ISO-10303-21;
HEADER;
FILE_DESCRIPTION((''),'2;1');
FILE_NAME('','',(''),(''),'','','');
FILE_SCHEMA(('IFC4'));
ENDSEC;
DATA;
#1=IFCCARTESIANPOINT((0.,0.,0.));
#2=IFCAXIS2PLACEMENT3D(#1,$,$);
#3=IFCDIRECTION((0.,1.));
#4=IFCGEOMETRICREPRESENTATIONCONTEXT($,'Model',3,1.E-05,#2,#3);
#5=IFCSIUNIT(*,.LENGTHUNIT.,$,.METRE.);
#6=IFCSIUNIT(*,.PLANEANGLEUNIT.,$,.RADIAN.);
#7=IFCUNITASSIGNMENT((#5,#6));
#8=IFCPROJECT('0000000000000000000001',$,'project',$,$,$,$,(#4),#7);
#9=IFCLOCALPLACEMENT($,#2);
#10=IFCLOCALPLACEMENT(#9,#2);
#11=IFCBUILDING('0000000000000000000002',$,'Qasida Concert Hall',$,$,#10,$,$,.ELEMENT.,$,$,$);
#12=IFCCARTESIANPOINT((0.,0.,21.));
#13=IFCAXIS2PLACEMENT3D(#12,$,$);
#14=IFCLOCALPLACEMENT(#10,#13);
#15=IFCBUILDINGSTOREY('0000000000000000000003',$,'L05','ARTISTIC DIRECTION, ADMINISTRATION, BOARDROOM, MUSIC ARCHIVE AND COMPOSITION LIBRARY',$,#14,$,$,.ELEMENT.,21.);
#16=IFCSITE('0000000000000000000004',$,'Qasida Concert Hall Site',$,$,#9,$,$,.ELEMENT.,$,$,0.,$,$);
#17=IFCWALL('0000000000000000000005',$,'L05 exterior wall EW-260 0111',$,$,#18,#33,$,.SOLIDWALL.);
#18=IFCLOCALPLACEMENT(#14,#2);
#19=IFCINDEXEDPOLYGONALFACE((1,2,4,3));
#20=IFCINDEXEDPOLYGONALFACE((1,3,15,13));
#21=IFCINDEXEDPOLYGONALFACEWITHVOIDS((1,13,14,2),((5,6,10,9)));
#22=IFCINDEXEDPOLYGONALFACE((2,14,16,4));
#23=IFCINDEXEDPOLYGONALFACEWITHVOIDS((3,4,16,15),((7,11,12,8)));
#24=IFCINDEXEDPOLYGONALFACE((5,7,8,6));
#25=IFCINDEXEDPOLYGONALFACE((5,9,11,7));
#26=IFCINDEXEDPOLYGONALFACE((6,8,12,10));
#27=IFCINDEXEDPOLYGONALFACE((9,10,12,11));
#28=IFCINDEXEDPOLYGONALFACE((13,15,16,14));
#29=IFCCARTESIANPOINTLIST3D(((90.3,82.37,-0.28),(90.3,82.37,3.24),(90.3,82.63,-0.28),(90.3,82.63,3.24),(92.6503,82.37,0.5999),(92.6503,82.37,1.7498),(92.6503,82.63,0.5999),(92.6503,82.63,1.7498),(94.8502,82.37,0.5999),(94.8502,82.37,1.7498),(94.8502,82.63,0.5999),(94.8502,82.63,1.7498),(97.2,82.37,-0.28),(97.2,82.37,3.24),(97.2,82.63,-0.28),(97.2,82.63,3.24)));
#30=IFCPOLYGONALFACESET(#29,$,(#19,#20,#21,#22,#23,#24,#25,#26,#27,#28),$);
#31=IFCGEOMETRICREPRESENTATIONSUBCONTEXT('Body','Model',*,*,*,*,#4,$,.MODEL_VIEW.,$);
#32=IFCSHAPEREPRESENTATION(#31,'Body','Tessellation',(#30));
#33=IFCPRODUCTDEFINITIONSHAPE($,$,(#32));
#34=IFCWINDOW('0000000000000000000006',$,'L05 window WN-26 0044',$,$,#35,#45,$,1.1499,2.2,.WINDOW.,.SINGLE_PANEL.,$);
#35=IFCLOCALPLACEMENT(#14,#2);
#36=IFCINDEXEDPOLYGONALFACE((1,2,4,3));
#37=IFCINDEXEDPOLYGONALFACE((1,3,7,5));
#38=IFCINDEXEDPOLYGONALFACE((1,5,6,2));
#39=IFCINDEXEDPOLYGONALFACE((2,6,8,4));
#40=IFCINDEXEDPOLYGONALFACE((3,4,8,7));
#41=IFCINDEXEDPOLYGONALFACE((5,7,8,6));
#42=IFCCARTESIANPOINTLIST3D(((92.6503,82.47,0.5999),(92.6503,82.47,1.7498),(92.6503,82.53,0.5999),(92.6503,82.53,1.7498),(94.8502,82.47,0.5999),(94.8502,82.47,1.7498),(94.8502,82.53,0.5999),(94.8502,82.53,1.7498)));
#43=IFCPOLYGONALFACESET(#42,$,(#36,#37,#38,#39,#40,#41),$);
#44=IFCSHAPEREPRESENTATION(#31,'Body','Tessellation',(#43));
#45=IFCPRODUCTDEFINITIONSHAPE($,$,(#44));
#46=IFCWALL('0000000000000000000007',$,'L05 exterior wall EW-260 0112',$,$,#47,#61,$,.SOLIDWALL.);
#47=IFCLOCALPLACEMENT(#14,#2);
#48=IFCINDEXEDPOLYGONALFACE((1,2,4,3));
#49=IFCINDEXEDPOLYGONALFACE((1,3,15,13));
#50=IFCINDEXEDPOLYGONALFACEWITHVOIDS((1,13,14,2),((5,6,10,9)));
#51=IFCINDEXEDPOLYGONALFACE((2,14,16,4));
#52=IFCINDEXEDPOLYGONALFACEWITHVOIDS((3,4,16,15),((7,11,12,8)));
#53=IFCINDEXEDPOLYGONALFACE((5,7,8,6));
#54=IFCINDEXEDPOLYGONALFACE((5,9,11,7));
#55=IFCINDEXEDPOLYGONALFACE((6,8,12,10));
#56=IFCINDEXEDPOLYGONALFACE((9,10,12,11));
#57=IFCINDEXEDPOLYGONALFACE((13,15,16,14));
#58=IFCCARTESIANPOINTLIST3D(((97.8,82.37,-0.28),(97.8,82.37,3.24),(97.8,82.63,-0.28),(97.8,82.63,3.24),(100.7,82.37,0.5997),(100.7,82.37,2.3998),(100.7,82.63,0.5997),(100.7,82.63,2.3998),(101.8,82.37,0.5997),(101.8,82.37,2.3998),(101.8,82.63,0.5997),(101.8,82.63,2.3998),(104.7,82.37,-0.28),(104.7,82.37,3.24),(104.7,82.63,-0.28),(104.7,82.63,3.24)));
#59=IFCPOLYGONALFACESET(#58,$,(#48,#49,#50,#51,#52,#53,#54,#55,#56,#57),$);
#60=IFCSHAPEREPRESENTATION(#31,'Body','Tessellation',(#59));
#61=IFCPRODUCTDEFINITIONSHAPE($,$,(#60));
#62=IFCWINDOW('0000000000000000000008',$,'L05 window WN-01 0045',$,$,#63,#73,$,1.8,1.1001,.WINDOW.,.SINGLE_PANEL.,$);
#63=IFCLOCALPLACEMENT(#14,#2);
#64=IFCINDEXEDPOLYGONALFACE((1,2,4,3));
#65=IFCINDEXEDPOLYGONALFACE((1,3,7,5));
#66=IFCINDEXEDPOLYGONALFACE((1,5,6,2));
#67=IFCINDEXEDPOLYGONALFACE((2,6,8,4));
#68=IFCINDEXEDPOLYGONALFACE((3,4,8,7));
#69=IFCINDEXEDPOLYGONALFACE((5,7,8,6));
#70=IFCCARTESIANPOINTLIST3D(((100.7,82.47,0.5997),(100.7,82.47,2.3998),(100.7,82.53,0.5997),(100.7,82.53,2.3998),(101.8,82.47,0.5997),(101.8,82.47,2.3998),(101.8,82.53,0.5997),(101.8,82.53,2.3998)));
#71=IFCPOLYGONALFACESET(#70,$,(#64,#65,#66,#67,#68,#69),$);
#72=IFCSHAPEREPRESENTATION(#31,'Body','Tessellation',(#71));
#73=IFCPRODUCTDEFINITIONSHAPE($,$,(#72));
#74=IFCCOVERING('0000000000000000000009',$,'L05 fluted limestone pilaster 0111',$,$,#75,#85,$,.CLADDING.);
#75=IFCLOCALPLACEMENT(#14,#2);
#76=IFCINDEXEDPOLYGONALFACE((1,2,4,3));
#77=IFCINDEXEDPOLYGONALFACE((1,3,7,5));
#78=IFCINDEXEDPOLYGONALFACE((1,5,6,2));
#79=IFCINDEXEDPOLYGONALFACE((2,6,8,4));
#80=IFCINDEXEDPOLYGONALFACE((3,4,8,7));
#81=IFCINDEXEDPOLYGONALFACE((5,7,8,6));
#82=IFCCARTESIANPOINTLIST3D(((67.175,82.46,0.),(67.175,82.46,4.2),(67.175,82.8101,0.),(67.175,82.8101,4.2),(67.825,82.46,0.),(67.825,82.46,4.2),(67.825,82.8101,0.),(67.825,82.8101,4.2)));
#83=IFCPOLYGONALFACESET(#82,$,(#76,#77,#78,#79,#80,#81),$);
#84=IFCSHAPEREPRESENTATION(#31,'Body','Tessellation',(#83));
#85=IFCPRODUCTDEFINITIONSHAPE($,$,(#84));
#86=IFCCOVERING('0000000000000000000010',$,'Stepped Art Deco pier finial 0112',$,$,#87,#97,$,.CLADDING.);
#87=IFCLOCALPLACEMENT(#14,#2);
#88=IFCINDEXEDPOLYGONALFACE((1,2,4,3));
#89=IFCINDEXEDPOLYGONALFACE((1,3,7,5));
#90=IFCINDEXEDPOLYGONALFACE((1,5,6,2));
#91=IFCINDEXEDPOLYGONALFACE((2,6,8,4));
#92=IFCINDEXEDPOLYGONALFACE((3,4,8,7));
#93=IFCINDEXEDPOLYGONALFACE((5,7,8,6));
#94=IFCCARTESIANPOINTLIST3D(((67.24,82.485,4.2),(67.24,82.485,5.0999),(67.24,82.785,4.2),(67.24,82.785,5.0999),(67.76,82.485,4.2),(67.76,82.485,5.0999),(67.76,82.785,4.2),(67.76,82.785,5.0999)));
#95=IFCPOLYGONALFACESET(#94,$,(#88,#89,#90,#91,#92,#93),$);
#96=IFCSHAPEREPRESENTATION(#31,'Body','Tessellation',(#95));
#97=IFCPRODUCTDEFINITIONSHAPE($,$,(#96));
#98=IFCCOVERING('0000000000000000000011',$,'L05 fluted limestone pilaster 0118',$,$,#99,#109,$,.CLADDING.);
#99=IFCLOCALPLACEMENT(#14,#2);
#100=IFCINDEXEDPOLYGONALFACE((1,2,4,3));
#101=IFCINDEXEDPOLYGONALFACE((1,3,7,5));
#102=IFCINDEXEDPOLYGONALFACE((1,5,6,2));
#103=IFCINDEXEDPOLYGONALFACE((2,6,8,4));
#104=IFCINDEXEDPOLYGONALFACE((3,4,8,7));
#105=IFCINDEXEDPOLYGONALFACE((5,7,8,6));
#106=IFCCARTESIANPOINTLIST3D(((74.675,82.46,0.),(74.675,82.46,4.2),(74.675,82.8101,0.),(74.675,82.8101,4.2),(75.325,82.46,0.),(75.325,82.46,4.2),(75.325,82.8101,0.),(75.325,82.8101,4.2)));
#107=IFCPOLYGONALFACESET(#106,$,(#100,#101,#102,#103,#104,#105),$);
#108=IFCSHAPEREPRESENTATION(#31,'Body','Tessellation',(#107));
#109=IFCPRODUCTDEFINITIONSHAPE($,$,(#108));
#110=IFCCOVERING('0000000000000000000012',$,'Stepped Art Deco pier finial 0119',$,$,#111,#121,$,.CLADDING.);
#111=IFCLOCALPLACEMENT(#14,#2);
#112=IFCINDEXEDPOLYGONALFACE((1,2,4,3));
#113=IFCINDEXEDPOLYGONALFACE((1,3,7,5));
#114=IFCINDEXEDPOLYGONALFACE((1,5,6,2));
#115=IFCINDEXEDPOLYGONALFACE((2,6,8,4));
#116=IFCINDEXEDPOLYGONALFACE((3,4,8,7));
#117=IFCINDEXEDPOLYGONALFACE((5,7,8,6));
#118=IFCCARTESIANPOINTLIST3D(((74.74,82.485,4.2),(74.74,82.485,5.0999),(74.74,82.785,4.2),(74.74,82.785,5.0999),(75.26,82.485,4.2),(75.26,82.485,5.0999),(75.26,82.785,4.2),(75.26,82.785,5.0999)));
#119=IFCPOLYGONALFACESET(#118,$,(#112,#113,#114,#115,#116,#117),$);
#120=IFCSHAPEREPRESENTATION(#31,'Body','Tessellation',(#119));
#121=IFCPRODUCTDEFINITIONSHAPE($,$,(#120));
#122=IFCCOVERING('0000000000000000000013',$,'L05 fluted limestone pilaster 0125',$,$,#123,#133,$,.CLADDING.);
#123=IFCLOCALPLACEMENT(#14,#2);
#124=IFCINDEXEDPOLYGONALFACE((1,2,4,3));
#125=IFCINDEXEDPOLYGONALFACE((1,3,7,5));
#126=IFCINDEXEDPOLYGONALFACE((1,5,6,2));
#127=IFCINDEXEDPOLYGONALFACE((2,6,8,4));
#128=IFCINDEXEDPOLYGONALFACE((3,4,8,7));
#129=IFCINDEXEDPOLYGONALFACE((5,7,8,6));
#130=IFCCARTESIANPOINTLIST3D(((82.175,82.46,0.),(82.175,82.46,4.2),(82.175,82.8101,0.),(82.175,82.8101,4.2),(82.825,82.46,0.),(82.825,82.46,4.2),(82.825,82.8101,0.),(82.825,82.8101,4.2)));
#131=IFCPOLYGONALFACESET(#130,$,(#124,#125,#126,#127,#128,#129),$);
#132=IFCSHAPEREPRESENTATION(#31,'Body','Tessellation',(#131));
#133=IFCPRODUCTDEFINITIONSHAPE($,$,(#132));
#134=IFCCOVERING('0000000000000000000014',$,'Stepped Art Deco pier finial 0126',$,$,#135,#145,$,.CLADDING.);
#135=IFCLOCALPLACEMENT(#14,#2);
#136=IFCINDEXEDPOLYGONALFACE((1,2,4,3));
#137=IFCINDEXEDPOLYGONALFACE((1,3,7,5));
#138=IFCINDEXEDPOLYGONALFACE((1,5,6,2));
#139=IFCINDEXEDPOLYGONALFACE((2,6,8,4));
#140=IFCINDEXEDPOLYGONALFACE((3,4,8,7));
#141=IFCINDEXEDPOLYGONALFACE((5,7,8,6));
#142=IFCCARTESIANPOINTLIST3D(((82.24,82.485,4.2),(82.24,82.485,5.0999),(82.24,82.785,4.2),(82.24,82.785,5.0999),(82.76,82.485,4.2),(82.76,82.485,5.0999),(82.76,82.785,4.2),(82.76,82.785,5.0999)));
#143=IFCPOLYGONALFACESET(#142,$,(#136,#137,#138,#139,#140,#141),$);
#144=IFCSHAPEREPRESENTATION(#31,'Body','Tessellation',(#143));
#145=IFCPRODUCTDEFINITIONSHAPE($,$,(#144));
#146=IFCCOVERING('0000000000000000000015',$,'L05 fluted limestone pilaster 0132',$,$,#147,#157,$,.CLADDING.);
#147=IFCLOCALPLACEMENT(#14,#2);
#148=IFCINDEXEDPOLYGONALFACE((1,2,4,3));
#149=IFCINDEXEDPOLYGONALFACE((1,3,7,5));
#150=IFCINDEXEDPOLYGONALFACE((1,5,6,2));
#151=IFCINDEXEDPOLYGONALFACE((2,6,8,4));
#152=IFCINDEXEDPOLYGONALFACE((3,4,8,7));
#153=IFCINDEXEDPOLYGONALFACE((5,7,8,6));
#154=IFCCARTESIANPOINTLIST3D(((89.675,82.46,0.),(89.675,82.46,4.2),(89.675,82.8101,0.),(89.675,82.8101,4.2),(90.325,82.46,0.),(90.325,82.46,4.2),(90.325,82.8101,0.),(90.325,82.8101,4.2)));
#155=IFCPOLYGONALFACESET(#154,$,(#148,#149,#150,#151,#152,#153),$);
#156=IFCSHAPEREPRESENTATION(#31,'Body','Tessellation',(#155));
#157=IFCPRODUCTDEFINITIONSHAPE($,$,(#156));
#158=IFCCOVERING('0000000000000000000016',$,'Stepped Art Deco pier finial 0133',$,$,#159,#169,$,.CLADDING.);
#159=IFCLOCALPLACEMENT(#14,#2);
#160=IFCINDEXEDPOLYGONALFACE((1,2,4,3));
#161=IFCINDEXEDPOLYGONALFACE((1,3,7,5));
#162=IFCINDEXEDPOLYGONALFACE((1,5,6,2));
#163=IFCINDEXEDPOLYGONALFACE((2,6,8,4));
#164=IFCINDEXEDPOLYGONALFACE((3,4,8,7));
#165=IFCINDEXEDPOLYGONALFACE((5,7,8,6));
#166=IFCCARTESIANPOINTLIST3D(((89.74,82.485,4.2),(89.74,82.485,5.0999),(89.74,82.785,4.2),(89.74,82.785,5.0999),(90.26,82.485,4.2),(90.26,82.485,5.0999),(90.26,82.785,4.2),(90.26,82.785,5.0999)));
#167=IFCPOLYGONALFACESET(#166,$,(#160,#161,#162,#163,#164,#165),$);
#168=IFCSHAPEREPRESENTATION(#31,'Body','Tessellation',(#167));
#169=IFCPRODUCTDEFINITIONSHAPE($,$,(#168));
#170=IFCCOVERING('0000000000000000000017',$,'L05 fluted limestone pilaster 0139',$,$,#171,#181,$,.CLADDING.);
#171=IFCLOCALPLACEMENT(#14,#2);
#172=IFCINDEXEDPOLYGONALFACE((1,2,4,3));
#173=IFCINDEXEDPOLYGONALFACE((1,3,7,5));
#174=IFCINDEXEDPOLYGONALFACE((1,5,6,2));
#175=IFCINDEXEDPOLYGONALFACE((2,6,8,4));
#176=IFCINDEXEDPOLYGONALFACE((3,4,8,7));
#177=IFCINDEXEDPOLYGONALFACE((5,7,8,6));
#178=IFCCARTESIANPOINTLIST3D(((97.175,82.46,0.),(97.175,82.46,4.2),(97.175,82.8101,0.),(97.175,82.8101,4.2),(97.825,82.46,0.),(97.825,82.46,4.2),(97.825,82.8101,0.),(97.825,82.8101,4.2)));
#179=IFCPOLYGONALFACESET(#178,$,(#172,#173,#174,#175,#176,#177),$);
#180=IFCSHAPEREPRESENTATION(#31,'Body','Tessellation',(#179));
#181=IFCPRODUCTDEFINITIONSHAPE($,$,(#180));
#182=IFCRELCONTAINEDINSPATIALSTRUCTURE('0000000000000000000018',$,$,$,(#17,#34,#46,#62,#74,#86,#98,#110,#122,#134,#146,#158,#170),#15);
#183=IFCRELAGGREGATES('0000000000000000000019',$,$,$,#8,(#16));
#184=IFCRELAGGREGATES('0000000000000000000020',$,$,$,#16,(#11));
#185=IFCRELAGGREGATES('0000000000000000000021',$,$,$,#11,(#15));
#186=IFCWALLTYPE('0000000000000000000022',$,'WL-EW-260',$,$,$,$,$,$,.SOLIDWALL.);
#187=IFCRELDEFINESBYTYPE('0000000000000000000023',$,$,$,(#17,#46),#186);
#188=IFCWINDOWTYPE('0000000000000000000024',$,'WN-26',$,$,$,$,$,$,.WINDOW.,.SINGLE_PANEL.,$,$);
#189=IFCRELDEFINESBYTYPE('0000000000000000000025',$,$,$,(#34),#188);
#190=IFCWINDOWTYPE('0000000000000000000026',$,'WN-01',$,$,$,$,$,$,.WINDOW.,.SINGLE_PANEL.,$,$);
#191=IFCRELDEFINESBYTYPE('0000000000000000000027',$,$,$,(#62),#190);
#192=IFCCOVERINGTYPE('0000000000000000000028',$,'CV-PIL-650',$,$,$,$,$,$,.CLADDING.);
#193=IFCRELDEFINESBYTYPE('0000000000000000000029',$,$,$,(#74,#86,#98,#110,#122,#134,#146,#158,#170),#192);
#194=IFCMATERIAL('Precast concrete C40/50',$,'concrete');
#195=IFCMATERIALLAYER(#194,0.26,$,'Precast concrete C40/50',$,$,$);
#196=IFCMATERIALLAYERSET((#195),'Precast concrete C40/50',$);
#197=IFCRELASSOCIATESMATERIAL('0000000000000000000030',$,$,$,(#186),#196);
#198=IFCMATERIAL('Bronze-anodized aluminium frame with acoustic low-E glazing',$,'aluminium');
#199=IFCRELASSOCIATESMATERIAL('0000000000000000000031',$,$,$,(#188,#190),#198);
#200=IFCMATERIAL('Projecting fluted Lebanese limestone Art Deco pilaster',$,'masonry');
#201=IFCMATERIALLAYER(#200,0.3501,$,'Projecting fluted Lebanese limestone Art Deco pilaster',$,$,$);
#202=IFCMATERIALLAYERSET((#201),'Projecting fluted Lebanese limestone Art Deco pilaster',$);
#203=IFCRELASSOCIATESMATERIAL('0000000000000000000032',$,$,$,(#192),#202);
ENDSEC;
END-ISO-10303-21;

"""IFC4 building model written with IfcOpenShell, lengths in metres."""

from ifc_helpers import new_model, si_unit, direction, frame, frame_2d, origin, origin_2d, place, context, subcontext, project, spatial, rectangle, extrude, material, layer, layer_set, type_object, element, fill, save


model = new_model("IFC4")

# Units and contexts
model_context = context("Model", 3, precision=1e-05, world=origin(), true_north=direction((0.0, 1.0)))
body_context = subcontext(model_context, "Body", "Model", "MODEL_VIEW")
ifc_project = project(units=[si_unit("LENGTHUNIT", "METRE"), si_unit("PLANEANGLEUNIT", "RADIAN")], contexts=[model_context])

# Site, building, storey
site_placement = place(None, origin())
site = spatial("IfcSite", under=ifc_project, at=site_placement, Name="Qasida Concert Hall Site", CompositionType="ELEMENT", RefElevation=0.0)
building_placement = place(site_placement, origin())
building = spatial("IfcBuilding", under=site, at=building_placement, Name="Qasida Concert Hall", CompositionType="ELEMENT")
storey_placement = place(building_placement, frame((0.0, 0.0, 21.0)))
storey = spatial("IfcBuildingStorey", under=building, at=storey_placement, Name="L05", Description="ARTISTIC DIRECTION, ADMINISTRATION, BOARDROOM, MUSIC ARCHIVE AND COMPOSITION LIBRARY", CompositionType="ELEMENT", Elevation=21.0)

# Shared definitions
ifc_material_1 = material(Name="Precast concrete C40/50", Category="concrete")
ifc_layer_1 = layer(ifc_material_1, 0.26, Name="Precast concrete C40/50")
ifc_layer_set_1 = layer_set([ifc_layer_1], Name="Precast concrete C40/50")
wall_type = type_object("IfcWallType", Name="WL-EW-260", PredefinedType="SOLIDWALL", material=ifc_layer_set_1)

# Shared definitions
ifc_material_2 = material(Name="Bronze-anodized aluminium frame with acoustic low-E glazing", Category="aluminium")

# Walls, openings, windows
wall_1_placement = place(storey_placement, frame((90.3, 82.5, -0.28), z_axis=(0.0, 0.0, 1.0), x_axis=(1.0, 0.0, 0.0)))
wall_1 = element("IfcWall", 1, at=wall_1_placement, inside=storey, type_object=wall_type, Name="L05 exterior wall EW-260 0111", PredefinedType="SOLIDWALL", context=body_context, shape_type="SweptSolid", body=[
    extrude(rectangle(XDim=6.8999, YDim=0.26, at=frame_2d((3.45, 0.0))), origin(), (0.0, 0.0, 1.0), 3.52),
])
opening_1_placement = place(wall_1_placement, frame((2.3501, 0.0, 0.8799)))
opening_1 = element("IfcOpeningElement", 2, at=opening_1_placement, cuts=wall_1, PredefinedType="OPENING", context=body_context, shape_type="SweptSolid", body=[
    extrude(rectangle(XDim=2.2, YDim=1.1499, at=frame_2d((1.1001, 0.575))), frame((0.0, 0.1399, 0.0), z_axis=(0.0, -1.0, 0.0), x_axis=(1.0, 0.0, 0.0)), (0.0, 0.0, 1.0), 0.28),
])
window_type_1 = type_object("IfcWindowType", Name="WN-26", PartitioningType="SINGLE_PANEL", PredefinedType="WINDOW", material=ifc_material_2)
window_1_placement = place(opening_1_placement, origin())
window_1 = element("IfcWindow", 3, at=window_1_placement, inside=storey, type_object=window_type_1, Name="L05 window WN-26 0044", OverallHeight=1.1499, OverallWidth=2.2, PartitioningType="SINGLE_PANEL", PredefinedType="WINDOW", context=body_context, shape_type="SweptSolid", body=[
    extrude(rectangle(XDim=2.2, YDim=1.1499, at=frame_2d((1.1001, 0.575))), frame((0.0, 0.03, 0.0), z_axis=(0.0, -1.0, 0.0), x_axis=(1.0, 0.0, 0.0)), (0.0, 0.0, 1.0), 0.0601),
])
fill(opening_1, window_1)
wall_2_placement = place(storey_placement, frame((97.8, 82.5, -0.28), z_axis=(0.0, 0.0, 1.0), x_axis=(1.0, 0.0, 0.0)))
wall_2 = element("IfcWall", 4, at=wall_2_placement, inside=storey, type_object=wall_type, Name="L05 exterior wall EW-260 0112", PredefinedType="SOLIDWALL", context=body_context, shape_type="SweptSolid", body=[
    extrude(rectangle(XDim=6.8999, YDim=0.26, at=frame_2d((3.45, 0.0))), origin(), (0.0, 0.0, 1.0), 3.52),
])
opening_2_placement = place(wall_2_placement, frame((2.8999, 0.0, 0.8799)))
opening_2 = element("IfcOpeningElement", 5, at=opening_2_placement, cuts=wall_2, PredefinedType="OPENING", context=body_context, shape_type="SweptSolid", body=[
    extrude(rectangle(XDim=1.1001, YDim=1.8, at=frame_2d((0.55, 0.8999))), frame((0.0, 0.1399, 0.0), z_axis=(0.0, -1.0, 0.0), x_axis=(1.0, 0.0, 0.0)), (0.0, 0.0, 1.0), 0.28),
])
window_type_2 = type_object("IfcWindowType", Name="WN-01", PartitioningType="SINGLE_PANEL", PredefinedType="WINDOW", material=ifc_material_2)
window_2_placement = place(opening_2_placement, origin())
window_2 = element("IfcWindow", 6, at=window_2_placement, inside=storey, type_object=window_type_2, Name="L05 window WN-01 0045", OverallHeight=1.8, OverallWidth=1.1001, PartitioningType="SINGLE_PANEL", PredefinedType="WINDOW", context=body_context, shape_type="SweptSolid", body=[
    extrude(rectangle(XDim=1.1001, YDim=1.8, at=frame_2d((0.55, 0.8999))), frame((0.0, 0.03, 0.0), z_axis=(0.0, -1.0, 0.0), x_axis=(1.0, 0.0, 0.0)), (0.0, 0.0, 1.0), 0.0601),
])
fill(opening_2, window_2)

# Coverings
ifc_material_3 = material(Name="Projecting fluted Lebanese limestone Art Deco pilaster", Category="masonry")
ifc_layer_2 = layer(ifc_material_3, 0.3501, Name="Projecting fluted Lebanese limestone Art Deco pilaster")
ifc_layer_set_2 = layer_set([ifc_layer_2], Name="Projecting fluted Lebanese limestone Art Deco pilaster")
covering_type = type_object("IfcCoveringType", Name="CV-PIL-650", PredefinedType="CLADDING", material=ifc_layer_set_2)
covering_1_placement = place(storey_placement, frame((67.5, 82.635, 0.0), z_axis=(0.0, 0.0, 1.0), x_axis=(1.0, 0.0, 0.0)))
element("IfcCovering", 7, at=covering_1_placement, inside=storey, type_object=covering_type, Name="L05 fluted limestone pilaster 0111", PredefinedType="CLADDING", context=body_context, shape_type="SweptSolid", body=[
    extrude(rectangle(XDim=0.6499, YDim=0.3501, at=origin_2d()), origin(), (0.0, 0.0, 1.0), 4.2),
])
covering_2_placement = place(storey_placement, frame((67.5, 82.635, 4.2), z_axis=(0.0, 0.0, 1.0), x_axis=(1.0, 0.0, 0.0)))
element("IfcCovering", 8, at=covering_2_placement, inside=storey, type_object=covering_type, Name="Stepped Art Deco pier finial 0112", PredefinedType="CLADDING", context=body_context, shape_type="SweptSolid", body=[
    extrude(rectangle(XDim=0.52, YDim=0.3, at=origin_2d()), origin(), (0.0, 0.0, 1.0), 0.8999),
])
covering_3_placement = place(storey_placement, frame((75.0, 82.635, 0.0), z_axis=(0.0, 0.0, 1.0), x_axis=(1.0, 0.0, 0.0)))
element("IfcCovering", 9, at=covering_3_placement, inside=storey, type_object=covering_type, Name="L05 fluted limestone pilaster 0118", PredefinedType="CLADDING", context=body_context, shape_type="SweptSolid", body=[
    extrude(rectangle(XDim=0.6499, YDim=0.3501, at=origin_2d()), origin(), (0.0, 0.0, 1.0), 4.2),
])
covering_4_placement = place(storey_placement, frame((75.0, 82.635, 4.2), z_axis=(0.0, 0.0, 1.0), x_axis=(1.0, 0.0, 0.0)))
element("IfcCovering", 10, at=covering_4_placement, inside=storey, type_object=covering_type, Name="Stepped Art Deco pier finial 0119", PredefinedType="CLADDING", context=body_context, shape_type="SweptSolid", body=[
    extrude(rectangle(XDim=0.52, YDim=0.3, at=origin_2d()), origin(), (0.0, 0.0, 1.0), 0.8999),
])
covering_5_placement = place(storey_placement, frame((82.5, 82.635, 0.0), z_axis=(0.0, 0.0, 1.0), x_axis=(1.0, 0.0, 0.0)))
element("IfcCovering", 11, at=covering_5_placement, inside=storey, type_object=covering_type, Name="L05 fluted limestone pilaster 0125", PredefinedType="CLADDING", context=body_context, shape_type="SweptSolid", body=[
    extrude(rectangle(XDim=0.6499, YDim=0.3501, at=origin_2d()), origin(), (0.0, 0.0, 1.0), 4.2),
])
covering_6_placement = place(storey_placement, frame((82.5, 82.635, 4.2), z_axis=(0.0, 0.0, 1.0), x_axis=(1.0, 0.0, 0.0)))
element("IfcCovering", 12, at=covering_6_placement, inside=storey, type_object=covering_type, Name="Stepped Art Deco pier finial 0126", PredefinedType="CLADDING", context=body_context, shape_type="SweptSolid", body=[
    extrude(rectangle(XDim=0.52, YDim=0.3, at=origin_2d()), origin(), (0.0, 0.0, 1.0), 0.8999),
])
covering_7_placement = place(storey_placement, frame((90.0, 82.635, 0.0), z_axis=(0.0, 0.0, 1.0), x_axis=(1.0, 0.0, 0.0)))
element("IfcCovering", 13, at=covering_7_placement, inside=storey, type_object=covering_type, Name="L05 fluted limestone pilaster 0132", PredefinedType="CLADDING", context=body_context, shape_type="SweptSolid", body=[
    extrude(rectangle(XDim=0.6499, YDim=0.3501, at=origin_2d()), origin(), (0.0, 0.0, 1.0), 4.2),
])
covering_8_placement = place(storey_placement, frame((90.0, 82.635, 4.2), z_axis=(0.0, 0.0, 1.0), x_axis=(1.0, 0.0, 0.0)))
element("IfcCovering", 14, at=covering_8_placement, inside=storey, type_object=covering_type, Name="Stepped Art Deco pier finial 0133", PredefinedType="CLADDING", context=body_context, shape_type="SweptSolid", body=[
    extrude(rectangle(XDim=0.52, YDim=0.3, at=origin_2d()), origin(), (0.0, 0.0, 1.0), 0.8999),
])
covering_9_placement = place(storey_placement, frame((97.5, 82.635, 0.0), z_axis=(0.0, 0.0, 1.0), x_axis=(1.0, 0.0, 0.0)))
element("IfcCovering", 15, at=covering_9_placement, inside=storey, type_object=covering_type, Name="L05 fluted limestone pilaster 0139", PredefinedType="CLADDING", context=body_context, shape_type="SweptSolid", body=[
    extrude(rectangle(XDim=0.6499, YDim=0.3501, at=origin_2d()), origin(), (0.0, 0.0, 1.0), 4.2),
])

save(model, "model.ifc")
